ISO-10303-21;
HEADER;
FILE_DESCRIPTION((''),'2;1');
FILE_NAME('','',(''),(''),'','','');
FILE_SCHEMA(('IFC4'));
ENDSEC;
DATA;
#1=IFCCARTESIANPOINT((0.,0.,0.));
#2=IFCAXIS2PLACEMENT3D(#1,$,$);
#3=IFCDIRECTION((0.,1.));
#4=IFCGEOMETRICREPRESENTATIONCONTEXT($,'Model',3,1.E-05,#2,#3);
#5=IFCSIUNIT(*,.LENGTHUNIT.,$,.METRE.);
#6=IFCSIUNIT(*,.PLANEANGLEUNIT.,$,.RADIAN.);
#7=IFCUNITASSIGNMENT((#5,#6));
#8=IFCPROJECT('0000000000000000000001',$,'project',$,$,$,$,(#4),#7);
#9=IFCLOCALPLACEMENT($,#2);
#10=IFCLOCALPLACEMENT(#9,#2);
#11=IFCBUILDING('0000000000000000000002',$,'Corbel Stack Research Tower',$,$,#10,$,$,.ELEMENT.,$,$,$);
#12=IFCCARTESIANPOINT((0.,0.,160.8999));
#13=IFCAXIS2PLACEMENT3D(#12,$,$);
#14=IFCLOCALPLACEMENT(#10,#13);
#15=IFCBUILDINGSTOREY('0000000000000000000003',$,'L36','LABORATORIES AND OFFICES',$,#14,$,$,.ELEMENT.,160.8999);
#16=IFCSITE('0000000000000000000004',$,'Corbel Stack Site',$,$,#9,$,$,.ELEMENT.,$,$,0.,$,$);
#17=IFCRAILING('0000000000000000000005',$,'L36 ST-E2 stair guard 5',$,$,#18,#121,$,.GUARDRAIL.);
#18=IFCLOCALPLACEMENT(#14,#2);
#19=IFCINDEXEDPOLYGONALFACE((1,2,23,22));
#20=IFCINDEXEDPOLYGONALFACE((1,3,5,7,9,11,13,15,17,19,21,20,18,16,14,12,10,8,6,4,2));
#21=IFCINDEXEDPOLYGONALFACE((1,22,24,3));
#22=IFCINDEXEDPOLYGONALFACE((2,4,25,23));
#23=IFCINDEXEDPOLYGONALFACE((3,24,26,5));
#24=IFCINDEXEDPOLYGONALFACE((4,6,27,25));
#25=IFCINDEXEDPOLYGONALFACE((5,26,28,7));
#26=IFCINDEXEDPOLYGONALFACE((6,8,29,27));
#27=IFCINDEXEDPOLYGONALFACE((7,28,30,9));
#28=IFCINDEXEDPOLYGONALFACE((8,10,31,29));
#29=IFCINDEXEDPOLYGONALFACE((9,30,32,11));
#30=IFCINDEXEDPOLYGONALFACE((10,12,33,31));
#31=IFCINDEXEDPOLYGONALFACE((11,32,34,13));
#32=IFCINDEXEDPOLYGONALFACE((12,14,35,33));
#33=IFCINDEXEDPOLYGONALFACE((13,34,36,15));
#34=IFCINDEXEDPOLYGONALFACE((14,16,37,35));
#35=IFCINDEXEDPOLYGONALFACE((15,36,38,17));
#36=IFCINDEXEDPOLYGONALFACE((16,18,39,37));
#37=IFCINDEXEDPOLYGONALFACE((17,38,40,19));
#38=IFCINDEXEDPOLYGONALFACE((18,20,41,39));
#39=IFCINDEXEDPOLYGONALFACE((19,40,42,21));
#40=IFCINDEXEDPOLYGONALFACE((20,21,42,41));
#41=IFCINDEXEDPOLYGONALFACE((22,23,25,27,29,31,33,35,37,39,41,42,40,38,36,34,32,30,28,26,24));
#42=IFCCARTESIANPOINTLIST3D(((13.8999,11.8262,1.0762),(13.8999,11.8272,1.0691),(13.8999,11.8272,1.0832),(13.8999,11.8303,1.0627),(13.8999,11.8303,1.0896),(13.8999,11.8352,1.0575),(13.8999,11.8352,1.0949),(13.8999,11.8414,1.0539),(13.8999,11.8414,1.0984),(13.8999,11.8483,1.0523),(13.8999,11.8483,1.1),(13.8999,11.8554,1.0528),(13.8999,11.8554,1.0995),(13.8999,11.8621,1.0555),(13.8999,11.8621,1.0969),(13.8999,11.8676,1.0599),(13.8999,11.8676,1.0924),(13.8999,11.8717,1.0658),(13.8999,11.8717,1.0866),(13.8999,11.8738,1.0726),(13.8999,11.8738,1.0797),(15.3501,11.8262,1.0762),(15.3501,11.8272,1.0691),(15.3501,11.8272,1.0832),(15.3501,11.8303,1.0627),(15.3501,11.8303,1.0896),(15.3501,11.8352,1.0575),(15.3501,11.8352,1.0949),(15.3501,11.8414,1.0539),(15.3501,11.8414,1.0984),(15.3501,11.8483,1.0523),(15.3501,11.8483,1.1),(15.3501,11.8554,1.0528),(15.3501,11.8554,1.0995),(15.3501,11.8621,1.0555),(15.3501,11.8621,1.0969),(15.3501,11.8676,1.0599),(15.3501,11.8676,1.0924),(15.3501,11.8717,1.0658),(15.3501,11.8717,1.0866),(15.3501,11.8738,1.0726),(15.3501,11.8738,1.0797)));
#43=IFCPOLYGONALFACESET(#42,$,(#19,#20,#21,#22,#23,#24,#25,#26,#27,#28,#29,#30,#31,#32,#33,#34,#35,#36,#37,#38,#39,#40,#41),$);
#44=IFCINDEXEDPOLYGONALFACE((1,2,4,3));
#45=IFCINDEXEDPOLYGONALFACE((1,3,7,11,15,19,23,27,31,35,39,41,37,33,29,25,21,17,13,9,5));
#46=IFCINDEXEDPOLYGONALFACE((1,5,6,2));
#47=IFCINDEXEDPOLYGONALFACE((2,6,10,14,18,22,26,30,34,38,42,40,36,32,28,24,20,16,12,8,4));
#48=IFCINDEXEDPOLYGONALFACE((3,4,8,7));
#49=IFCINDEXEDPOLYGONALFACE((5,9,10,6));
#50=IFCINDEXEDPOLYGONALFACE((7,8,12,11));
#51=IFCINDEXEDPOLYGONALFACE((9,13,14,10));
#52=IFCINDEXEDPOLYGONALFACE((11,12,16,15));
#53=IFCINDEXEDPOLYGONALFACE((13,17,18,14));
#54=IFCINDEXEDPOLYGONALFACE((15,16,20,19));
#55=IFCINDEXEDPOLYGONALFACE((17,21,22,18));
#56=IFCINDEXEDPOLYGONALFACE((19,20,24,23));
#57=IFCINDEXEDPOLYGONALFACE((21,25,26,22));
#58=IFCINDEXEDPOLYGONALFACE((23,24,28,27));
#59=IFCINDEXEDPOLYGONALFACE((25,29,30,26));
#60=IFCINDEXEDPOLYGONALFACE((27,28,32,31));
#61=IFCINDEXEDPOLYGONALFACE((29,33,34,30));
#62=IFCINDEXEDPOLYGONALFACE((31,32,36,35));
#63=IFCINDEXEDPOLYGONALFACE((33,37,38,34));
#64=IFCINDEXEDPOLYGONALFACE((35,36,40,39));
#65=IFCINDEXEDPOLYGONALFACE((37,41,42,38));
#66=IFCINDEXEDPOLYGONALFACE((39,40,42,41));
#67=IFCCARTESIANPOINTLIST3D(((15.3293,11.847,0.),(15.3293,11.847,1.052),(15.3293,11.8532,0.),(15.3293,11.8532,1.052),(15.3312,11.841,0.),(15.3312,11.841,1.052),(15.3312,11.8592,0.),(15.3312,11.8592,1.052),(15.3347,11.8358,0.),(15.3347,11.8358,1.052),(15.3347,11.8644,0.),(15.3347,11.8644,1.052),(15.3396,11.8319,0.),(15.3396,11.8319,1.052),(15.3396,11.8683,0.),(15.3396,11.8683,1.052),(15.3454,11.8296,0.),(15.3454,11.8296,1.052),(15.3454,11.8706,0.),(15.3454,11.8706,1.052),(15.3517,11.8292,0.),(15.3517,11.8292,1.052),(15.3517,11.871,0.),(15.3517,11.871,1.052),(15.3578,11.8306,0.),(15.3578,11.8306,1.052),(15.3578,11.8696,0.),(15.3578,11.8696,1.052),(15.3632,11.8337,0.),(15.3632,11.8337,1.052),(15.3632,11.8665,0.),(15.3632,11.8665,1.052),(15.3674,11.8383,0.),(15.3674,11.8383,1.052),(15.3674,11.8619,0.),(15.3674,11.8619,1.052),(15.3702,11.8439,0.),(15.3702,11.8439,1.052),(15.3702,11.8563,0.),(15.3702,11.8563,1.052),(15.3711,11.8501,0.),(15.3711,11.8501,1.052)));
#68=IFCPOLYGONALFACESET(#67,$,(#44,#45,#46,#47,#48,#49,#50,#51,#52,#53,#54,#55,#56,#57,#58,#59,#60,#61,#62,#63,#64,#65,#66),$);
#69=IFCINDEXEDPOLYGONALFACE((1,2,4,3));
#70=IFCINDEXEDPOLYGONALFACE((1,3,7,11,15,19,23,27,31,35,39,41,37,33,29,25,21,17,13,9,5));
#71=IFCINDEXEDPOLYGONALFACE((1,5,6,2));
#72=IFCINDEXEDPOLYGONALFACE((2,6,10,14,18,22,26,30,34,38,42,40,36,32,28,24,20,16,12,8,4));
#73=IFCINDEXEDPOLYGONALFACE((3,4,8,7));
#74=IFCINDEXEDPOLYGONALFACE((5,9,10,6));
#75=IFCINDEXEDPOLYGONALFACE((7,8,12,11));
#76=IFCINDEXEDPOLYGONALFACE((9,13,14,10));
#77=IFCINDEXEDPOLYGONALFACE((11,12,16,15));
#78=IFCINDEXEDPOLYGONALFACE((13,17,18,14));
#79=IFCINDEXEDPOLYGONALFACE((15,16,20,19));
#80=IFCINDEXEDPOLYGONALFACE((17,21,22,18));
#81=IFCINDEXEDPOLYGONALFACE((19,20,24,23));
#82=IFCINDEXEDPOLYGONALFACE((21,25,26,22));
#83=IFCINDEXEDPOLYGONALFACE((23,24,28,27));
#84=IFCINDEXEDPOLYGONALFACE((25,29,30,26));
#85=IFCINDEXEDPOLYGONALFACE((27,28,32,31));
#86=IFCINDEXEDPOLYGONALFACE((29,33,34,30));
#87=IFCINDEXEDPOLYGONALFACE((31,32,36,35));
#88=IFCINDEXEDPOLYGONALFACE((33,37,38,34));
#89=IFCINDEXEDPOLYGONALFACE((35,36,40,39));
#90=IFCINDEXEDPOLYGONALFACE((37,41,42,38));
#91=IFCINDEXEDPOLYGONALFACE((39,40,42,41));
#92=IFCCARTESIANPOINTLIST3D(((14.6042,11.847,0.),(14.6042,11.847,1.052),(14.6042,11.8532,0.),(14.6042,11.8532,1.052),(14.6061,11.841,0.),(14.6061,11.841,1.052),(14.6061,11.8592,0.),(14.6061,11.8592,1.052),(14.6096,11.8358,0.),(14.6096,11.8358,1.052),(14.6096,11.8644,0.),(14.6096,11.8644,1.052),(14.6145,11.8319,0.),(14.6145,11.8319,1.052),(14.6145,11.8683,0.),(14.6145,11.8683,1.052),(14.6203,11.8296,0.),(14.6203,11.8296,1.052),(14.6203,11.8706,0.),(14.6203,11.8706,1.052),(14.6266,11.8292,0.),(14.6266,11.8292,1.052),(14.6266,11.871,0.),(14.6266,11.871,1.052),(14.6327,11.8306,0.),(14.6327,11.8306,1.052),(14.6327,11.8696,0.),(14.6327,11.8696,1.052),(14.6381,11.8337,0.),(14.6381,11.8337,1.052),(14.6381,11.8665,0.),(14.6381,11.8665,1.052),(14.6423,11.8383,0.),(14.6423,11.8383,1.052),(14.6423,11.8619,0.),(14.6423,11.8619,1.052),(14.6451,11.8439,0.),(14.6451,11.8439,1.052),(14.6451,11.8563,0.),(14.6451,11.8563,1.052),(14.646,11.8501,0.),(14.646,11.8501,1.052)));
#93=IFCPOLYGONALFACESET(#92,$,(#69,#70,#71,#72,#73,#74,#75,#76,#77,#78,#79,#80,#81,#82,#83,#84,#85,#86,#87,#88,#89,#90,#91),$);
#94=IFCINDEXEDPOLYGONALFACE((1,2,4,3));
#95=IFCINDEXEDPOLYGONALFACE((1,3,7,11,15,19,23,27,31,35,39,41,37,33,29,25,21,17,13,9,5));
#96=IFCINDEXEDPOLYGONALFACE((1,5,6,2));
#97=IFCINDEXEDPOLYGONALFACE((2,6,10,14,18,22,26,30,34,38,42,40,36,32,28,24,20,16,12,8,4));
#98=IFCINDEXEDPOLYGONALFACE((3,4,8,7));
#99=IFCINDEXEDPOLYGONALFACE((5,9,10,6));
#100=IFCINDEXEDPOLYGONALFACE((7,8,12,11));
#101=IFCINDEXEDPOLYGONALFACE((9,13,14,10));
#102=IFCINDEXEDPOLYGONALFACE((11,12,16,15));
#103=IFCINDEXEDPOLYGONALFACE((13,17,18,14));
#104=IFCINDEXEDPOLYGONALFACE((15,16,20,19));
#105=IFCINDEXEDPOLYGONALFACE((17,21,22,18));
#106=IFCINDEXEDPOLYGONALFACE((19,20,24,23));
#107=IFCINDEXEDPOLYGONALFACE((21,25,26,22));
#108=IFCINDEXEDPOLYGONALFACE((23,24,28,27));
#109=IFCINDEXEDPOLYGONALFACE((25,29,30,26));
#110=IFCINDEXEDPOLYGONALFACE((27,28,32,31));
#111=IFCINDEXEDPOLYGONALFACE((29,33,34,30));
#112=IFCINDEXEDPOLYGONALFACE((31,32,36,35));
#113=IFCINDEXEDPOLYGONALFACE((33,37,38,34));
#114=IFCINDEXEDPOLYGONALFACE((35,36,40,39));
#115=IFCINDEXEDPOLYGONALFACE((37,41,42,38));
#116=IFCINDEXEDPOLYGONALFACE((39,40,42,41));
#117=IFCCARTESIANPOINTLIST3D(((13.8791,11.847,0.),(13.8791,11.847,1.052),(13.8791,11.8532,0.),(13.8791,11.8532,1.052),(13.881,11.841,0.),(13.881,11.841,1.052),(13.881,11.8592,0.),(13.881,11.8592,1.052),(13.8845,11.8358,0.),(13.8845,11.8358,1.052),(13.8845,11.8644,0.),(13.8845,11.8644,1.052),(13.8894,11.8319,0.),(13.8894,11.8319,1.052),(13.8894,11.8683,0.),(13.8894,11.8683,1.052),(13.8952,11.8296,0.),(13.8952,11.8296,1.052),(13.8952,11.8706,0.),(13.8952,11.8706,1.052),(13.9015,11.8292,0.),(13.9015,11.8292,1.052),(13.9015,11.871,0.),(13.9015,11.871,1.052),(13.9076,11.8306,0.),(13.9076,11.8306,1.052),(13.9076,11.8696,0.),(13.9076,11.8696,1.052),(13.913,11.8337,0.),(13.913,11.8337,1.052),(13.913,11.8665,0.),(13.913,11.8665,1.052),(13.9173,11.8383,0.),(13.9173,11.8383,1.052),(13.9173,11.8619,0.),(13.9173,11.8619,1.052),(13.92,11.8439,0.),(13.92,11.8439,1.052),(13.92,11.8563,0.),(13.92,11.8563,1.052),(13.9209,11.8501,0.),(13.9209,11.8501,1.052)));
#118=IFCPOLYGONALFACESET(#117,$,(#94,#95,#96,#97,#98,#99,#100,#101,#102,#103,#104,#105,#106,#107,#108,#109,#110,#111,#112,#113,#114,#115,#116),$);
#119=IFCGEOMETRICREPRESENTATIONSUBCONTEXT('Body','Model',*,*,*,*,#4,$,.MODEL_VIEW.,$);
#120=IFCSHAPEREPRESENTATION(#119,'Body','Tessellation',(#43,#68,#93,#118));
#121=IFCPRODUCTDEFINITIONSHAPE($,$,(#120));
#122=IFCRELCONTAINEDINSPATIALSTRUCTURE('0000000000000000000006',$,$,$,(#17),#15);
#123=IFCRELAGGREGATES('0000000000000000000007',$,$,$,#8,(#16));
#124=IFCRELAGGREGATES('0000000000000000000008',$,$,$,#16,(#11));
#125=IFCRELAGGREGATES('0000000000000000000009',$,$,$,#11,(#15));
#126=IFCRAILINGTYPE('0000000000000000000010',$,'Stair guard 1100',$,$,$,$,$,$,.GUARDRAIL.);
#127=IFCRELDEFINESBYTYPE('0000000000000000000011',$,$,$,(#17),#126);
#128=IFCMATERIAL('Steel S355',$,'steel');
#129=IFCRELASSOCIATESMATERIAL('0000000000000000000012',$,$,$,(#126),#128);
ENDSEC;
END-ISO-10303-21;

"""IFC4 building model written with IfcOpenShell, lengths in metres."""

from ifc_helpers import new_model, si_unit, direction, frame, origin, origin_2d, place, context, subcontext, project, spatial, circle, extrude, material, type_object, element, save


model = new_model("IFC4")

# Units and contexts
model_context = context("Model", 3, precision=1e-05, world=origin(), true_north=direction((0.0, 1.0)))
body_context = subcontext(model_context, "Body", "Model", "MODEL_VIEW")
ifc_project = project(units=[si_unit("LENGTHUNIT", "METRE"), si_unit("PLANEANGLEUNIT", "RADIAN")], contexts=[model_context])

# Site, building, storey
site_placement = place(None, origin())
site = spatial("IfcSite", under=ifc_project, at=site_placement, Name="Corbel Stack Site", CompositionType="ELEMENT", RefElevation=0.0)
building_placement = place(site_placement, origin())
building = spatial("IfcBuilding", under=site, at=building_placement, Name="Corbel Stack Research Tower", CompositionType="ELEMENT")
storey_placement = place(building_placement, frame((0.0, 0.0, 160.8999)))
storey = spatial("IfcBuildingStorey", under=building, at=storey_placement, Name="L36", Description="LABORATORIES AND OFFICES", CompositionType="ELEMENT", Elevation=160.8999)

# Railing
ifc_material_1 = material(Name="Steel S355", Category="steel")
railing_type_1 = type_object("IfcRailingType", Name="Stair guard 1100", PredefinedType="GUARDRAIL", material=ifc_material_1)
railing_1_placement = place(storey_placement, frame((15.3501, 11.8501, 0.0)))
element("IfcRailing", 1, at=railing_1_placement, inside=storey, type_object=railing_type_1, Name="L36 ST-E2 stair guard 5", PredefinedType="GUARDRAIL", context=body_context, shape_type="SweptSolid", body=[
    extrude(circle(Radius=0.0239, at=origin_2d()), frame((0.0, 0.0, 1.0762), z_axis=(-1.0, 0.0, 0.0), x_axis=(0.0, -1.0, 0.0)), (0.0, 0.0, 1.0), 1.4502),
    extrude(circle(Radius=0.021, at=origin_2d()), origin(), (0.0, 0.0, 1.0), 1.052),
    extrude(circle(Radius=0.021, at=origin_2d()), frame((-0.7251, 0.0, 0.0)), (0.0, 0.0, 1.0), 1.052),
    extrude(circle(Radius=0.021, at=origin_2d()), frame((-1.4502, 0.0, 0.0)), (0.0, 0.0, 1.0), 1.052),
])

save(model, "model.ifc")
